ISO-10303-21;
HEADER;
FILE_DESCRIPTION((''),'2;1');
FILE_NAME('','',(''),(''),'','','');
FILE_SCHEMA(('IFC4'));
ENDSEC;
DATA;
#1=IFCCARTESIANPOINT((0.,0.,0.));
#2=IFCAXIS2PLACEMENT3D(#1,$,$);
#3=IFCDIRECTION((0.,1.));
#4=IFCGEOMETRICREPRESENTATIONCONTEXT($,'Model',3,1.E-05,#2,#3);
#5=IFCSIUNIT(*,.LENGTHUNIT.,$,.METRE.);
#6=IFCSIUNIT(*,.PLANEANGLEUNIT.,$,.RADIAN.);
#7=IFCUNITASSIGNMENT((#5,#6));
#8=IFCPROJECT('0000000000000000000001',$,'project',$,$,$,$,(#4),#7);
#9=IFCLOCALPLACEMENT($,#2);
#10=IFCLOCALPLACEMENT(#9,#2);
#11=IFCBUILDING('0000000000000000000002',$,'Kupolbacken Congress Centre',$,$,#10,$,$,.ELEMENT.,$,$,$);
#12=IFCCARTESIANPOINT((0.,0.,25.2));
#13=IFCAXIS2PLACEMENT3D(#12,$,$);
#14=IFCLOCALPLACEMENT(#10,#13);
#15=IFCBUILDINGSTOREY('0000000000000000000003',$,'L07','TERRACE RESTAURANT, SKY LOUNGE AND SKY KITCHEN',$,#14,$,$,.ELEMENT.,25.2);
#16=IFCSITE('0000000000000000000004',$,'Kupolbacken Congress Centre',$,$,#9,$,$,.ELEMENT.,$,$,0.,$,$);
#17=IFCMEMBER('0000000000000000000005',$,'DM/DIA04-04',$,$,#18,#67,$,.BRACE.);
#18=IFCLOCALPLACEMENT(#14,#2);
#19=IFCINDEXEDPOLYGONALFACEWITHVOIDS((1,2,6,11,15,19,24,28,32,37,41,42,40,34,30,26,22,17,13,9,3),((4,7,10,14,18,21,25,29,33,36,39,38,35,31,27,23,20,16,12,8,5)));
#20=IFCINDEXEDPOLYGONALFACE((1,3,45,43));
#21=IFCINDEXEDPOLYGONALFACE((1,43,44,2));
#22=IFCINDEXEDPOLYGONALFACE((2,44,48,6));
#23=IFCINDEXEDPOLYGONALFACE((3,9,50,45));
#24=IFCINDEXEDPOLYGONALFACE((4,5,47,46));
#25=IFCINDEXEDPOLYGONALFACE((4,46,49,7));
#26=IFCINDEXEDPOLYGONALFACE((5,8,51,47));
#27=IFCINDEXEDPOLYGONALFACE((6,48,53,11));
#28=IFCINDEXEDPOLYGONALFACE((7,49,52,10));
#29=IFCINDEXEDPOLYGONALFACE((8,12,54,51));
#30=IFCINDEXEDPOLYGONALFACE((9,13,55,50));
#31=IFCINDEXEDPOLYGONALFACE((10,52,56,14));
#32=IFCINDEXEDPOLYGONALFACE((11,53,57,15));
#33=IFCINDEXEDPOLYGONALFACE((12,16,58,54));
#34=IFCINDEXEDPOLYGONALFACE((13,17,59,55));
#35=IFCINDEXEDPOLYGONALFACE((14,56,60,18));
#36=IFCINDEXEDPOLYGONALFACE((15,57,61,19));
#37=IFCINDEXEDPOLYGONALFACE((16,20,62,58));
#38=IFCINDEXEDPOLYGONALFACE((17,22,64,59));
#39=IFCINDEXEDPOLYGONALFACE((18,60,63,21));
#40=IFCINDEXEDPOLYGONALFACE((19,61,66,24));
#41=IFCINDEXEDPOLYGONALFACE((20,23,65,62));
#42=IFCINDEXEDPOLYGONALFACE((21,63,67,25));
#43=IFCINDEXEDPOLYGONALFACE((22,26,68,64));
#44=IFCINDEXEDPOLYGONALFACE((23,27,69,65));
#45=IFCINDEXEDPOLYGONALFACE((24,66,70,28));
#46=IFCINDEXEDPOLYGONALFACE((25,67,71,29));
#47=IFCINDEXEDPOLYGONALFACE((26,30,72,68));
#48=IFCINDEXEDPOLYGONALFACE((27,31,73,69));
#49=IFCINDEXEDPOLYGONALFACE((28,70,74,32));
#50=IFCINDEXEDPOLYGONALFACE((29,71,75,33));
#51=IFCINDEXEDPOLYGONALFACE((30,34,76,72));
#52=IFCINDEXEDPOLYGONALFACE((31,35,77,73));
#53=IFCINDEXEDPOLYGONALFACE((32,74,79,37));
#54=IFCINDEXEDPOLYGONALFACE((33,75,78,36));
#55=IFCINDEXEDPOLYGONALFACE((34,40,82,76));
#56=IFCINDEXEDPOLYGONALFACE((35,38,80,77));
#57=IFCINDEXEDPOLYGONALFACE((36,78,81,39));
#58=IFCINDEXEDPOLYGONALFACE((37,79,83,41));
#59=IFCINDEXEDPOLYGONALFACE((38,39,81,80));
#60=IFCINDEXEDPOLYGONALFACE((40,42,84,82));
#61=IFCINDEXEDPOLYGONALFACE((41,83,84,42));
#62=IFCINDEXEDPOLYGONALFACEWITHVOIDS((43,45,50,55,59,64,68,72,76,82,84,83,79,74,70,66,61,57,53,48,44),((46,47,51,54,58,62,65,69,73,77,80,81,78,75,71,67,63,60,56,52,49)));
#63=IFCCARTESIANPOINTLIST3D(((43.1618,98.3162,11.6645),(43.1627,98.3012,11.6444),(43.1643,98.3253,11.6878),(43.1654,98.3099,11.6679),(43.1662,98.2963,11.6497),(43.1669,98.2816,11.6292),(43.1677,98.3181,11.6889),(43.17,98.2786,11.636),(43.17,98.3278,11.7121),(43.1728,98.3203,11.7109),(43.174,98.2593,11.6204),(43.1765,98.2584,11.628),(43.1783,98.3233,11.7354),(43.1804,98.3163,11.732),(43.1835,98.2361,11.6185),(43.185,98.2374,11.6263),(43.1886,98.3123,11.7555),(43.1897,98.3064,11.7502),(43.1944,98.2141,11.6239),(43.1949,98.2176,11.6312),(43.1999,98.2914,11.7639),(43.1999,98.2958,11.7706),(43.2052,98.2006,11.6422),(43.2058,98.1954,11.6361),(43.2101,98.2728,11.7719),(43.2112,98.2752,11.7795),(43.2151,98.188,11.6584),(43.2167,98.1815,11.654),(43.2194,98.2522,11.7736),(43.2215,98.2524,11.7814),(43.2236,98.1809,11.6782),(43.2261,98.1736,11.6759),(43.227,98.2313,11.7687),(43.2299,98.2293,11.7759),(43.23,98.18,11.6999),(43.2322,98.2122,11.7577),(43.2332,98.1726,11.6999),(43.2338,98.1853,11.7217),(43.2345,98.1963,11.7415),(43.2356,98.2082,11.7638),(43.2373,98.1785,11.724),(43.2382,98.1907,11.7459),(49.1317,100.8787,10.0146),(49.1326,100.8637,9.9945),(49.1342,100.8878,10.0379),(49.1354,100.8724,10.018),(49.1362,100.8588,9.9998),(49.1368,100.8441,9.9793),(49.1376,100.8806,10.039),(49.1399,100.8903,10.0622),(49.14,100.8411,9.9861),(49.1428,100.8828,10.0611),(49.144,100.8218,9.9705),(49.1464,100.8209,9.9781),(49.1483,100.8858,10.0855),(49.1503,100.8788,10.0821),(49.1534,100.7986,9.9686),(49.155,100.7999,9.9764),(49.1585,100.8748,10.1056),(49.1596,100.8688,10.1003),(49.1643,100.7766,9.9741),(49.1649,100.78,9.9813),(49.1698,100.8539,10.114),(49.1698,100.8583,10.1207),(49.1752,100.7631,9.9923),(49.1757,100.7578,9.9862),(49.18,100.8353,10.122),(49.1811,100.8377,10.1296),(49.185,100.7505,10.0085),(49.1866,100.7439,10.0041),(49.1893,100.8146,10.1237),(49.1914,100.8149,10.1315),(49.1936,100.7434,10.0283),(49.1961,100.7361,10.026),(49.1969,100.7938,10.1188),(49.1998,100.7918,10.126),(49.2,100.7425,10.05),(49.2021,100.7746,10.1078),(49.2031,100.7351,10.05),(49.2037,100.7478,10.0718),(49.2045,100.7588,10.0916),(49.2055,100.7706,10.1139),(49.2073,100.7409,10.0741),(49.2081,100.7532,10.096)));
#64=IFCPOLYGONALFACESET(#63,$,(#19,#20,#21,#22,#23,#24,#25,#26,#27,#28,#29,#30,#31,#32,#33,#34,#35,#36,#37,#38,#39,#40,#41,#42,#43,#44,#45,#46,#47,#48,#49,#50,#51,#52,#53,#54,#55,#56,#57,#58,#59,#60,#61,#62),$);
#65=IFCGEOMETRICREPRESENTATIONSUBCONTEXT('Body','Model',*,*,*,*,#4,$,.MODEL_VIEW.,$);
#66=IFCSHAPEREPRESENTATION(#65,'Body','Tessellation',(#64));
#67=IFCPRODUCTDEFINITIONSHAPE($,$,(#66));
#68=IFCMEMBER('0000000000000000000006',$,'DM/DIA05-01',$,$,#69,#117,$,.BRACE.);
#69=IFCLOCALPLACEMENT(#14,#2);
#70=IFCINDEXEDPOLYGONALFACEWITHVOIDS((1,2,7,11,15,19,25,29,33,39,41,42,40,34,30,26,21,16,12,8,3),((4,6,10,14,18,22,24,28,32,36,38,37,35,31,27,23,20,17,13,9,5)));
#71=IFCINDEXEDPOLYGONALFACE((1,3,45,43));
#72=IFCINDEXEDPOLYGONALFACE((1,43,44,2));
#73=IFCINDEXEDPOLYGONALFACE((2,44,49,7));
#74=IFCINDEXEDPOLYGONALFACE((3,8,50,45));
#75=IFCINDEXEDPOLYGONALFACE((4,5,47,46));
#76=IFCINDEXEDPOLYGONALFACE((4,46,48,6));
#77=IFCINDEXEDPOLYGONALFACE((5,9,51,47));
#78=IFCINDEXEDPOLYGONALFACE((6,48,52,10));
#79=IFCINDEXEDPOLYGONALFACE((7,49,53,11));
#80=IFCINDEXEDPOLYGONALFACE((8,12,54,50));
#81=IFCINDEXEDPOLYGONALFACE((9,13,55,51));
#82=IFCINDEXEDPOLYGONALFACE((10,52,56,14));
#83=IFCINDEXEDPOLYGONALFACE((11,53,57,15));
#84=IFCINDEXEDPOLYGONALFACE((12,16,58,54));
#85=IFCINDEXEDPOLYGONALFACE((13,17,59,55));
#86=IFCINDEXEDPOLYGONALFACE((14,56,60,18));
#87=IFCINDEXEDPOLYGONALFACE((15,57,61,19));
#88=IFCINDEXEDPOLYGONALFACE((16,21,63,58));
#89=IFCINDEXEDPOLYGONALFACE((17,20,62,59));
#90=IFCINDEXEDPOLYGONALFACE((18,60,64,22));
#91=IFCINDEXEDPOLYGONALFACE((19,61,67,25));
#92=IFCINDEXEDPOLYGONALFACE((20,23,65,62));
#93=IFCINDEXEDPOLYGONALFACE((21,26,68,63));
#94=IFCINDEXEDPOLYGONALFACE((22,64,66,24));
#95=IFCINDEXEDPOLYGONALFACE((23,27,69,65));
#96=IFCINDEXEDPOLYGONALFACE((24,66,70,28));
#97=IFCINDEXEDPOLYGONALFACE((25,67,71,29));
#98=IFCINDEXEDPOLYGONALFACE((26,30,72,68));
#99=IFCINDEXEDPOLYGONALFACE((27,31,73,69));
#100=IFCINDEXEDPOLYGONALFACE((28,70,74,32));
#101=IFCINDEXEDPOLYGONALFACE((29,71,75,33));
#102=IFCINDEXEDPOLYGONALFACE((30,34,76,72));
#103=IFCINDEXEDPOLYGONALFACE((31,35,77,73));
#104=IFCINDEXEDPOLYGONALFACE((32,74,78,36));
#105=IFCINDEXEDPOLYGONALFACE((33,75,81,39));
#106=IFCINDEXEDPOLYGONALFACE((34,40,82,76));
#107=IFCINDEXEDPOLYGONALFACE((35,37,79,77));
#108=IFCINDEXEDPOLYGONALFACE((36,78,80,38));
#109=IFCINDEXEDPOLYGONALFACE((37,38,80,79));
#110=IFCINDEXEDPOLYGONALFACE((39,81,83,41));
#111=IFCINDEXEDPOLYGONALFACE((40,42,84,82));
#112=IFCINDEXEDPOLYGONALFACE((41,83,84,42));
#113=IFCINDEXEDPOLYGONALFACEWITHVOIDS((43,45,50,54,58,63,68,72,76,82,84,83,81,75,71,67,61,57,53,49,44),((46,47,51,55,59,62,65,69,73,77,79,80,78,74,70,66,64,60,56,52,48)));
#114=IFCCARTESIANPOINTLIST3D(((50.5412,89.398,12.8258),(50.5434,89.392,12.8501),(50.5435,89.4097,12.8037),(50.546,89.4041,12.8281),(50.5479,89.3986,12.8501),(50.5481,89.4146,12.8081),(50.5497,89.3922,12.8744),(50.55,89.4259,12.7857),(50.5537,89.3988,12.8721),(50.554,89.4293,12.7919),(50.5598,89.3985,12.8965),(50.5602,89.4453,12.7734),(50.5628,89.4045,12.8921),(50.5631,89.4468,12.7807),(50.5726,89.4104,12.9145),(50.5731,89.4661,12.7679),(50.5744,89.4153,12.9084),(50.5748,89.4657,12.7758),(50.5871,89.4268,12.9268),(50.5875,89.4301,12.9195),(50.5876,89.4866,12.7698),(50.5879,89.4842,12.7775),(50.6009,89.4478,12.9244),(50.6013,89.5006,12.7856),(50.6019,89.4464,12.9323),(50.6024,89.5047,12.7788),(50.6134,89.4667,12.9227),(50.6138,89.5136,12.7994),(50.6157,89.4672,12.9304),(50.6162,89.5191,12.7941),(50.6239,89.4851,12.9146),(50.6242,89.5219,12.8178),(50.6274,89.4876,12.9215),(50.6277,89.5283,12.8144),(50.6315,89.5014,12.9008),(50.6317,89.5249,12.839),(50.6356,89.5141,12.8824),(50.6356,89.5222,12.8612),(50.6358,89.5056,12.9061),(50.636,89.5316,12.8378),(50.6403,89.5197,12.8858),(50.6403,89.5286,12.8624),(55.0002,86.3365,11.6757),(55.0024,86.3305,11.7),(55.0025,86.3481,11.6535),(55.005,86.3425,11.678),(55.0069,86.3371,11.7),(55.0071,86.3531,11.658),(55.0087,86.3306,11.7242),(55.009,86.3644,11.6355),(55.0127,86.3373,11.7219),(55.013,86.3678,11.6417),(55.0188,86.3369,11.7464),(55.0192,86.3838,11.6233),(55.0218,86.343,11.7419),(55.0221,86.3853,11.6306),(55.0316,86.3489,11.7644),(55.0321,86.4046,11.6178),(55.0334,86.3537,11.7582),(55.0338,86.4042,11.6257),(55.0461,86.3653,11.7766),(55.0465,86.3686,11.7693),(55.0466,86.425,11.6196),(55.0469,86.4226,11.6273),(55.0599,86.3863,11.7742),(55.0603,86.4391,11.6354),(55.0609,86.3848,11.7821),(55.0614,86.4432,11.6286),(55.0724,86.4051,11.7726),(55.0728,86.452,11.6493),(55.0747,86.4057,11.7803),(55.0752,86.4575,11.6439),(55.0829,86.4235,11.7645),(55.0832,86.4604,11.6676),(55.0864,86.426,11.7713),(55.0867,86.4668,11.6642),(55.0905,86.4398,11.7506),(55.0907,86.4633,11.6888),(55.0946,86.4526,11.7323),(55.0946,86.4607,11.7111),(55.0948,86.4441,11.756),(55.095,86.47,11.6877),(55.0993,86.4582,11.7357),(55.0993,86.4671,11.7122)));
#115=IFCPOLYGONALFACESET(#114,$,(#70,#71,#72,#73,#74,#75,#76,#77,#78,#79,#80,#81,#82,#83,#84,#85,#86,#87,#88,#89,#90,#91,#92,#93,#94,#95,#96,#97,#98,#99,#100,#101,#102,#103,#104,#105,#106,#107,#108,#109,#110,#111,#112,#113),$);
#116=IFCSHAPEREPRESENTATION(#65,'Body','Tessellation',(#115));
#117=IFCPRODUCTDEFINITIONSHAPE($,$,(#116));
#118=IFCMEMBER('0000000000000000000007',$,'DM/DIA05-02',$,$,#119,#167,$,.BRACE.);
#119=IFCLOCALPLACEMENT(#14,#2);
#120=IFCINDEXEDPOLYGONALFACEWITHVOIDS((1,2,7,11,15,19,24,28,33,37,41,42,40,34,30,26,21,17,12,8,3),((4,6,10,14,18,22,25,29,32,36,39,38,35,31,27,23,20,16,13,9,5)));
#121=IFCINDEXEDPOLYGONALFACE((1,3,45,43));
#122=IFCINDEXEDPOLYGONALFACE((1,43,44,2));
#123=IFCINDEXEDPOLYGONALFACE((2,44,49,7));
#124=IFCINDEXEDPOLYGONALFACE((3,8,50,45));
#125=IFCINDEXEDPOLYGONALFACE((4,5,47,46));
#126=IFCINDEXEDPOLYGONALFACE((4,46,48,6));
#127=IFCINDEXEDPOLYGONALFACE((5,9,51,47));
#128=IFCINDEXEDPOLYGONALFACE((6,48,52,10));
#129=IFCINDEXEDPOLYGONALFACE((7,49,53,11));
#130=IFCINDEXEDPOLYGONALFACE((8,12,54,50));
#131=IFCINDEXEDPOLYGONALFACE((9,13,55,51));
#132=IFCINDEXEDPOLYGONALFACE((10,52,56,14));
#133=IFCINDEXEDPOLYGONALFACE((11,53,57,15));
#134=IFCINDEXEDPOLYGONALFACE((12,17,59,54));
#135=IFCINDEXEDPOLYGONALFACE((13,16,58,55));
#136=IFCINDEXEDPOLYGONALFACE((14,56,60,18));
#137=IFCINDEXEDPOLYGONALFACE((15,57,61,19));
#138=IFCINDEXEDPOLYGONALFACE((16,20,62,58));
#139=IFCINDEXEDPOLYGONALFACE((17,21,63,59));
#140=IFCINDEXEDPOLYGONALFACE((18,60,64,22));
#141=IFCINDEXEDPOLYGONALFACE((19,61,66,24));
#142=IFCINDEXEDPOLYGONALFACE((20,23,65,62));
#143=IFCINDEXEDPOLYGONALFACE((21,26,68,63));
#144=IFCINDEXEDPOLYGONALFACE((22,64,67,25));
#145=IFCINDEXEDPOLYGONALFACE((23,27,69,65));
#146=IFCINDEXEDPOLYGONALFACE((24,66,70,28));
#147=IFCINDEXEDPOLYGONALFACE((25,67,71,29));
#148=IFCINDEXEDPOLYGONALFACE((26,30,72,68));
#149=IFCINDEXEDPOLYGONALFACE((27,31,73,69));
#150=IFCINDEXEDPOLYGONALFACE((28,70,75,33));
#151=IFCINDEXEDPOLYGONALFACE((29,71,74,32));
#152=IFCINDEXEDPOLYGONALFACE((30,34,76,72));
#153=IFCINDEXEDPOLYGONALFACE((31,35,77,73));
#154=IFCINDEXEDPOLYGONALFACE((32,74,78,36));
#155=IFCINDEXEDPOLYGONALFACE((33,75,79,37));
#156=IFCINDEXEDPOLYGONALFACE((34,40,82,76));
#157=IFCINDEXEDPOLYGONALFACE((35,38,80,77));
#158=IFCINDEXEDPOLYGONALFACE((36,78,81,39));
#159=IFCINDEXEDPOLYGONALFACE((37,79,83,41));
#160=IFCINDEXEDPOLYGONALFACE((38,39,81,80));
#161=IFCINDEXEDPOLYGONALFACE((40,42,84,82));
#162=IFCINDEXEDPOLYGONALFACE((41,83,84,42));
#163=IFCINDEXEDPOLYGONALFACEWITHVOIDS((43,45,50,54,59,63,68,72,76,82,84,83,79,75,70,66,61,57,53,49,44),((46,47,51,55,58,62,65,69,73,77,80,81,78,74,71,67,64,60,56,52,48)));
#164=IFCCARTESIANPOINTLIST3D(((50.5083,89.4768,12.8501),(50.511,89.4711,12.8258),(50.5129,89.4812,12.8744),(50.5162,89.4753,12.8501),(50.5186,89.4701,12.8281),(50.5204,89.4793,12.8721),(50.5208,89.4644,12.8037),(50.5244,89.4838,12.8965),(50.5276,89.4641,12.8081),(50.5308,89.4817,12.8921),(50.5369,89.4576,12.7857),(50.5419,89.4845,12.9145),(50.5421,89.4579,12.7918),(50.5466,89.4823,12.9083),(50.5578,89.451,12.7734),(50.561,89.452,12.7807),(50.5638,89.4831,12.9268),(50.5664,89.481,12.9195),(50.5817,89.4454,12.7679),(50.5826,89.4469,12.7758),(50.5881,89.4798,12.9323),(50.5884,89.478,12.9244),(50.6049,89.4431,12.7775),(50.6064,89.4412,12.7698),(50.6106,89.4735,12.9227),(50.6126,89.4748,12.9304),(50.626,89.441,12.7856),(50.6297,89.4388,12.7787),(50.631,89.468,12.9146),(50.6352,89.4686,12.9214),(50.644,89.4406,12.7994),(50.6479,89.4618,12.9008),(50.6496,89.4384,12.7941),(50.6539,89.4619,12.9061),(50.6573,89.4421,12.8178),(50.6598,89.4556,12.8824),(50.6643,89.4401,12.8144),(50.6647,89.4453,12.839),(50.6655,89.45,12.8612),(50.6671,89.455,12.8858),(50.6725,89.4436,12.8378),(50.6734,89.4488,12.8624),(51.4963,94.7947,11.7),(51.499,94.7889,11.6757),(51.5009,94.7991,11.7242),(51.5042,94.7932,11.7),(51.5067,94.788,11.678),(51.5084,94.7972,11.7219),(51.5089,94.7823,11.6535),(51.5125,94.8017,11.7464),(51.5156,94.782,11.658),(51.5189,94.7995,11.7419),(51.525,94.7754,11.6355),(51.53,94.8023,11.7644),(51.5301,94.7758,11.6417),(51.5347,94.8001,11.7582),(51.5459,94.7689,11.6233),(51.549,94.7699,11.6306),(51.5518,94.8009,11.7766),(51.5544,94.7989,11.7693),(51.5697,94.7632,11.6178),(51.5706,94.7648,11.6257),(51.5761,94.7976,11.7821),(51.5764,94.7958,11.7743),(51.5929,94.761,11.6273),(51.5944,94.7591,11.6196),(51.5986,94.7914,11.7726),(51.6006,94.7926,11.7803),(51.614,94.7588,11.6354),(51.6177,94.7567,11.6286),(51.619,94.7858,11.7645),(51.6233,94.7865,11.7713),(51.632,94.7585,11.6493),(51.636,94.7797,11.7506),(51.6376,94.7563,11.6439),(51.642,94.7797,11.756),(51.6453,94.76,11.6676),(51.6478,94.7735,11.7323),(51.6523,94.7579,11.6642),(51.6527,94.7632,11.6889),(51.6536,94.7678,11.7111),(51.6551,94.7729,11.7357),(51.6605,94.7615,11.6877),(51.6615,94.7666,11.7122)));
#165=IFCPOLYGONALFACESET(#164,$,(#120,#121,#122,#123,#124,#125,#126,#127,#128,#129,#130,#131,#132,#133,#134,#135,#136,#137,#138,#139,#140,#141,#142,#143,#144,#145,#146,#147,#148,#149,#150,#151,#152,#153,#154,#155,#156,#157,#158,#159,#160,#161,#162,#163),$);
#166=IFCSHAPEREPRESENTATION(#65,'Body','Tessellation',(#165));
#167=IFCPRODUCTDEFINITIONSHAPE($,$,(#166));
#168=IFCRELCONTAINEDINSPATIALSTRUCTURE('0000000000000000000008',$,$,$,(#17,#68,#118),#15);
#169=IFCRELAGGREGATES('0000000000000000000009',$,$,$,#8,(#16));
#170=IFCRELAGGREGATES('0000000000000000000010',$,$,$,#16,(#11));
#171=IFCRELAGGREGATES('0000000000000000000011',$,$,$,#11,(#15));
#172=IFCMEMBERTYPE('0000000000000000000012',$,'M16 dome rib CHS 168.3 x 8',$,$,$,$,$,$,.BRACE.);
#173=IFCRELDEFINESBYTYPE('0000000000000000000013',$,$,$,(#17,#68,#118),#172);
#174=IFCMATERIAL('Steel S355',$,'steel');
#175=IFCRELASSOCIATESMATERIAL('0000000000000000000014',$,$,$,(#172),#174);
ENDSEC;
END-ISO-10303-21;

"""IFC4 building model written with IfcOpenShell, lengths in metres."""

from ifc_helpers import new_model, si_unit, direction, frame, origin, origin_2d, place, context, subcontext, project, spatial, hollow_circle, extrude, material, material_profile, profile_set, type_object, element, save


model = new_model("IFC4")

# Units and contexts
model_context = context("Model", 3, precision=1e-05, world=origin(), true_north=direction((0.0, 1.0)))
body_context = subcontext(model_context, "Body", "Model", "MODEL_VIEW")
ifc_project = project(units=[si_unit("LENGTHUNIT", "METRE"), si_unit("PLANEANGLEUNIT", "RADIAN")], contexts=[model_context])

# Site, building, storey
site_placement = place(None, origin())
site = spatial("IfcSite", under=ifc_project, at=site_placement, Name="Kupolbacken Congress Centre", CompositionType="ELEMENT", RefElevation=0.0)
building_placement = place(site_placement, origin())
building = spatial("IfcBuilding", under=site, at=building_placement, Name="Kupolbacken Congress Centre", CompositionType="ELEMENT")
storey_placement = place(building_placement, frame((0.0, 0.0, 25.2)))
storey = spatial("IfcBuildingStorey", under=building, at=storey_placement, Name="L07", Description="TERRACE RESTAURANT, SKY LOUNGE AND SKY KITCHEN", CompositionType="ELEMENT", Elevation=25.2)

# Members
ifc_material_1 = material(Name="Steel S355", Category="steel")
ifc_material_profile_1 = material_profile(ifc_material_1, hollow_circle(Radius=0.0842, WallThickness=0.0081, at=origin_2d()), Name="CHS 168.3 x 8")
ifc_profile_set_1 = profile_set([ifc_material_profile_1], Name="Steel S355")
member_type_1 = type_object("IfcMemberType", Name="M16 dome rib CHS 168.3 x 8", PredefinedType="BRACE", material=ifc_profile_set_1)
member_1_placement = place(storey_placement, frame((49.1699, 100.8125, 10.05), z_axis=(-0.890652, -0.382296, 0.246147), x_axis=(0.394432, -0.918925, 0.0)))
element("IfcMember", 1, at=member_1_placement, inside=storey, type_object=member_type_1, Name="DM/DIA04-04", PredefinedType="BRACE", context=body_context, shape_type="SweptSolid", body=[
    extrude(hollow_circle(Radius=0.0842, WallThickness=0.0081, at=origin_2d()), origin(), (0.0, 0.0, 1.0), 6.7029),
])
for number, where, z_axis, x_axis, name in (
    (2, (55.05, 86.3999, 11.7), (-0.806361, 0.553644, 0.207992), (-0.566023, -0.824389, 0.0), "DM/DIA05-01"),
    (3, (50.5911, 89.4614, 12.8501), (0.178675, 0.961673, -0.20799), (-0.983174, 0.182669, 0.0), "DM/DIA05-02"),
):
    element("IfcMember", number, at=place(storey_placement, frame(where, z_axis=z_axis, x_axis=x_axis)), inside=storey, type_object=member_type_1, Name=name, PredefinedType="BRACE", context=body_context, shape_type="SweptSolid", body=[
        extrude(hollow_circle(Radius=0.0842, WallThickness=0.0081, at=origin_2d()), origin(), (0.0, 0.0, 1.0), 5.5298),
    ])

save(model, "model.ifc")
